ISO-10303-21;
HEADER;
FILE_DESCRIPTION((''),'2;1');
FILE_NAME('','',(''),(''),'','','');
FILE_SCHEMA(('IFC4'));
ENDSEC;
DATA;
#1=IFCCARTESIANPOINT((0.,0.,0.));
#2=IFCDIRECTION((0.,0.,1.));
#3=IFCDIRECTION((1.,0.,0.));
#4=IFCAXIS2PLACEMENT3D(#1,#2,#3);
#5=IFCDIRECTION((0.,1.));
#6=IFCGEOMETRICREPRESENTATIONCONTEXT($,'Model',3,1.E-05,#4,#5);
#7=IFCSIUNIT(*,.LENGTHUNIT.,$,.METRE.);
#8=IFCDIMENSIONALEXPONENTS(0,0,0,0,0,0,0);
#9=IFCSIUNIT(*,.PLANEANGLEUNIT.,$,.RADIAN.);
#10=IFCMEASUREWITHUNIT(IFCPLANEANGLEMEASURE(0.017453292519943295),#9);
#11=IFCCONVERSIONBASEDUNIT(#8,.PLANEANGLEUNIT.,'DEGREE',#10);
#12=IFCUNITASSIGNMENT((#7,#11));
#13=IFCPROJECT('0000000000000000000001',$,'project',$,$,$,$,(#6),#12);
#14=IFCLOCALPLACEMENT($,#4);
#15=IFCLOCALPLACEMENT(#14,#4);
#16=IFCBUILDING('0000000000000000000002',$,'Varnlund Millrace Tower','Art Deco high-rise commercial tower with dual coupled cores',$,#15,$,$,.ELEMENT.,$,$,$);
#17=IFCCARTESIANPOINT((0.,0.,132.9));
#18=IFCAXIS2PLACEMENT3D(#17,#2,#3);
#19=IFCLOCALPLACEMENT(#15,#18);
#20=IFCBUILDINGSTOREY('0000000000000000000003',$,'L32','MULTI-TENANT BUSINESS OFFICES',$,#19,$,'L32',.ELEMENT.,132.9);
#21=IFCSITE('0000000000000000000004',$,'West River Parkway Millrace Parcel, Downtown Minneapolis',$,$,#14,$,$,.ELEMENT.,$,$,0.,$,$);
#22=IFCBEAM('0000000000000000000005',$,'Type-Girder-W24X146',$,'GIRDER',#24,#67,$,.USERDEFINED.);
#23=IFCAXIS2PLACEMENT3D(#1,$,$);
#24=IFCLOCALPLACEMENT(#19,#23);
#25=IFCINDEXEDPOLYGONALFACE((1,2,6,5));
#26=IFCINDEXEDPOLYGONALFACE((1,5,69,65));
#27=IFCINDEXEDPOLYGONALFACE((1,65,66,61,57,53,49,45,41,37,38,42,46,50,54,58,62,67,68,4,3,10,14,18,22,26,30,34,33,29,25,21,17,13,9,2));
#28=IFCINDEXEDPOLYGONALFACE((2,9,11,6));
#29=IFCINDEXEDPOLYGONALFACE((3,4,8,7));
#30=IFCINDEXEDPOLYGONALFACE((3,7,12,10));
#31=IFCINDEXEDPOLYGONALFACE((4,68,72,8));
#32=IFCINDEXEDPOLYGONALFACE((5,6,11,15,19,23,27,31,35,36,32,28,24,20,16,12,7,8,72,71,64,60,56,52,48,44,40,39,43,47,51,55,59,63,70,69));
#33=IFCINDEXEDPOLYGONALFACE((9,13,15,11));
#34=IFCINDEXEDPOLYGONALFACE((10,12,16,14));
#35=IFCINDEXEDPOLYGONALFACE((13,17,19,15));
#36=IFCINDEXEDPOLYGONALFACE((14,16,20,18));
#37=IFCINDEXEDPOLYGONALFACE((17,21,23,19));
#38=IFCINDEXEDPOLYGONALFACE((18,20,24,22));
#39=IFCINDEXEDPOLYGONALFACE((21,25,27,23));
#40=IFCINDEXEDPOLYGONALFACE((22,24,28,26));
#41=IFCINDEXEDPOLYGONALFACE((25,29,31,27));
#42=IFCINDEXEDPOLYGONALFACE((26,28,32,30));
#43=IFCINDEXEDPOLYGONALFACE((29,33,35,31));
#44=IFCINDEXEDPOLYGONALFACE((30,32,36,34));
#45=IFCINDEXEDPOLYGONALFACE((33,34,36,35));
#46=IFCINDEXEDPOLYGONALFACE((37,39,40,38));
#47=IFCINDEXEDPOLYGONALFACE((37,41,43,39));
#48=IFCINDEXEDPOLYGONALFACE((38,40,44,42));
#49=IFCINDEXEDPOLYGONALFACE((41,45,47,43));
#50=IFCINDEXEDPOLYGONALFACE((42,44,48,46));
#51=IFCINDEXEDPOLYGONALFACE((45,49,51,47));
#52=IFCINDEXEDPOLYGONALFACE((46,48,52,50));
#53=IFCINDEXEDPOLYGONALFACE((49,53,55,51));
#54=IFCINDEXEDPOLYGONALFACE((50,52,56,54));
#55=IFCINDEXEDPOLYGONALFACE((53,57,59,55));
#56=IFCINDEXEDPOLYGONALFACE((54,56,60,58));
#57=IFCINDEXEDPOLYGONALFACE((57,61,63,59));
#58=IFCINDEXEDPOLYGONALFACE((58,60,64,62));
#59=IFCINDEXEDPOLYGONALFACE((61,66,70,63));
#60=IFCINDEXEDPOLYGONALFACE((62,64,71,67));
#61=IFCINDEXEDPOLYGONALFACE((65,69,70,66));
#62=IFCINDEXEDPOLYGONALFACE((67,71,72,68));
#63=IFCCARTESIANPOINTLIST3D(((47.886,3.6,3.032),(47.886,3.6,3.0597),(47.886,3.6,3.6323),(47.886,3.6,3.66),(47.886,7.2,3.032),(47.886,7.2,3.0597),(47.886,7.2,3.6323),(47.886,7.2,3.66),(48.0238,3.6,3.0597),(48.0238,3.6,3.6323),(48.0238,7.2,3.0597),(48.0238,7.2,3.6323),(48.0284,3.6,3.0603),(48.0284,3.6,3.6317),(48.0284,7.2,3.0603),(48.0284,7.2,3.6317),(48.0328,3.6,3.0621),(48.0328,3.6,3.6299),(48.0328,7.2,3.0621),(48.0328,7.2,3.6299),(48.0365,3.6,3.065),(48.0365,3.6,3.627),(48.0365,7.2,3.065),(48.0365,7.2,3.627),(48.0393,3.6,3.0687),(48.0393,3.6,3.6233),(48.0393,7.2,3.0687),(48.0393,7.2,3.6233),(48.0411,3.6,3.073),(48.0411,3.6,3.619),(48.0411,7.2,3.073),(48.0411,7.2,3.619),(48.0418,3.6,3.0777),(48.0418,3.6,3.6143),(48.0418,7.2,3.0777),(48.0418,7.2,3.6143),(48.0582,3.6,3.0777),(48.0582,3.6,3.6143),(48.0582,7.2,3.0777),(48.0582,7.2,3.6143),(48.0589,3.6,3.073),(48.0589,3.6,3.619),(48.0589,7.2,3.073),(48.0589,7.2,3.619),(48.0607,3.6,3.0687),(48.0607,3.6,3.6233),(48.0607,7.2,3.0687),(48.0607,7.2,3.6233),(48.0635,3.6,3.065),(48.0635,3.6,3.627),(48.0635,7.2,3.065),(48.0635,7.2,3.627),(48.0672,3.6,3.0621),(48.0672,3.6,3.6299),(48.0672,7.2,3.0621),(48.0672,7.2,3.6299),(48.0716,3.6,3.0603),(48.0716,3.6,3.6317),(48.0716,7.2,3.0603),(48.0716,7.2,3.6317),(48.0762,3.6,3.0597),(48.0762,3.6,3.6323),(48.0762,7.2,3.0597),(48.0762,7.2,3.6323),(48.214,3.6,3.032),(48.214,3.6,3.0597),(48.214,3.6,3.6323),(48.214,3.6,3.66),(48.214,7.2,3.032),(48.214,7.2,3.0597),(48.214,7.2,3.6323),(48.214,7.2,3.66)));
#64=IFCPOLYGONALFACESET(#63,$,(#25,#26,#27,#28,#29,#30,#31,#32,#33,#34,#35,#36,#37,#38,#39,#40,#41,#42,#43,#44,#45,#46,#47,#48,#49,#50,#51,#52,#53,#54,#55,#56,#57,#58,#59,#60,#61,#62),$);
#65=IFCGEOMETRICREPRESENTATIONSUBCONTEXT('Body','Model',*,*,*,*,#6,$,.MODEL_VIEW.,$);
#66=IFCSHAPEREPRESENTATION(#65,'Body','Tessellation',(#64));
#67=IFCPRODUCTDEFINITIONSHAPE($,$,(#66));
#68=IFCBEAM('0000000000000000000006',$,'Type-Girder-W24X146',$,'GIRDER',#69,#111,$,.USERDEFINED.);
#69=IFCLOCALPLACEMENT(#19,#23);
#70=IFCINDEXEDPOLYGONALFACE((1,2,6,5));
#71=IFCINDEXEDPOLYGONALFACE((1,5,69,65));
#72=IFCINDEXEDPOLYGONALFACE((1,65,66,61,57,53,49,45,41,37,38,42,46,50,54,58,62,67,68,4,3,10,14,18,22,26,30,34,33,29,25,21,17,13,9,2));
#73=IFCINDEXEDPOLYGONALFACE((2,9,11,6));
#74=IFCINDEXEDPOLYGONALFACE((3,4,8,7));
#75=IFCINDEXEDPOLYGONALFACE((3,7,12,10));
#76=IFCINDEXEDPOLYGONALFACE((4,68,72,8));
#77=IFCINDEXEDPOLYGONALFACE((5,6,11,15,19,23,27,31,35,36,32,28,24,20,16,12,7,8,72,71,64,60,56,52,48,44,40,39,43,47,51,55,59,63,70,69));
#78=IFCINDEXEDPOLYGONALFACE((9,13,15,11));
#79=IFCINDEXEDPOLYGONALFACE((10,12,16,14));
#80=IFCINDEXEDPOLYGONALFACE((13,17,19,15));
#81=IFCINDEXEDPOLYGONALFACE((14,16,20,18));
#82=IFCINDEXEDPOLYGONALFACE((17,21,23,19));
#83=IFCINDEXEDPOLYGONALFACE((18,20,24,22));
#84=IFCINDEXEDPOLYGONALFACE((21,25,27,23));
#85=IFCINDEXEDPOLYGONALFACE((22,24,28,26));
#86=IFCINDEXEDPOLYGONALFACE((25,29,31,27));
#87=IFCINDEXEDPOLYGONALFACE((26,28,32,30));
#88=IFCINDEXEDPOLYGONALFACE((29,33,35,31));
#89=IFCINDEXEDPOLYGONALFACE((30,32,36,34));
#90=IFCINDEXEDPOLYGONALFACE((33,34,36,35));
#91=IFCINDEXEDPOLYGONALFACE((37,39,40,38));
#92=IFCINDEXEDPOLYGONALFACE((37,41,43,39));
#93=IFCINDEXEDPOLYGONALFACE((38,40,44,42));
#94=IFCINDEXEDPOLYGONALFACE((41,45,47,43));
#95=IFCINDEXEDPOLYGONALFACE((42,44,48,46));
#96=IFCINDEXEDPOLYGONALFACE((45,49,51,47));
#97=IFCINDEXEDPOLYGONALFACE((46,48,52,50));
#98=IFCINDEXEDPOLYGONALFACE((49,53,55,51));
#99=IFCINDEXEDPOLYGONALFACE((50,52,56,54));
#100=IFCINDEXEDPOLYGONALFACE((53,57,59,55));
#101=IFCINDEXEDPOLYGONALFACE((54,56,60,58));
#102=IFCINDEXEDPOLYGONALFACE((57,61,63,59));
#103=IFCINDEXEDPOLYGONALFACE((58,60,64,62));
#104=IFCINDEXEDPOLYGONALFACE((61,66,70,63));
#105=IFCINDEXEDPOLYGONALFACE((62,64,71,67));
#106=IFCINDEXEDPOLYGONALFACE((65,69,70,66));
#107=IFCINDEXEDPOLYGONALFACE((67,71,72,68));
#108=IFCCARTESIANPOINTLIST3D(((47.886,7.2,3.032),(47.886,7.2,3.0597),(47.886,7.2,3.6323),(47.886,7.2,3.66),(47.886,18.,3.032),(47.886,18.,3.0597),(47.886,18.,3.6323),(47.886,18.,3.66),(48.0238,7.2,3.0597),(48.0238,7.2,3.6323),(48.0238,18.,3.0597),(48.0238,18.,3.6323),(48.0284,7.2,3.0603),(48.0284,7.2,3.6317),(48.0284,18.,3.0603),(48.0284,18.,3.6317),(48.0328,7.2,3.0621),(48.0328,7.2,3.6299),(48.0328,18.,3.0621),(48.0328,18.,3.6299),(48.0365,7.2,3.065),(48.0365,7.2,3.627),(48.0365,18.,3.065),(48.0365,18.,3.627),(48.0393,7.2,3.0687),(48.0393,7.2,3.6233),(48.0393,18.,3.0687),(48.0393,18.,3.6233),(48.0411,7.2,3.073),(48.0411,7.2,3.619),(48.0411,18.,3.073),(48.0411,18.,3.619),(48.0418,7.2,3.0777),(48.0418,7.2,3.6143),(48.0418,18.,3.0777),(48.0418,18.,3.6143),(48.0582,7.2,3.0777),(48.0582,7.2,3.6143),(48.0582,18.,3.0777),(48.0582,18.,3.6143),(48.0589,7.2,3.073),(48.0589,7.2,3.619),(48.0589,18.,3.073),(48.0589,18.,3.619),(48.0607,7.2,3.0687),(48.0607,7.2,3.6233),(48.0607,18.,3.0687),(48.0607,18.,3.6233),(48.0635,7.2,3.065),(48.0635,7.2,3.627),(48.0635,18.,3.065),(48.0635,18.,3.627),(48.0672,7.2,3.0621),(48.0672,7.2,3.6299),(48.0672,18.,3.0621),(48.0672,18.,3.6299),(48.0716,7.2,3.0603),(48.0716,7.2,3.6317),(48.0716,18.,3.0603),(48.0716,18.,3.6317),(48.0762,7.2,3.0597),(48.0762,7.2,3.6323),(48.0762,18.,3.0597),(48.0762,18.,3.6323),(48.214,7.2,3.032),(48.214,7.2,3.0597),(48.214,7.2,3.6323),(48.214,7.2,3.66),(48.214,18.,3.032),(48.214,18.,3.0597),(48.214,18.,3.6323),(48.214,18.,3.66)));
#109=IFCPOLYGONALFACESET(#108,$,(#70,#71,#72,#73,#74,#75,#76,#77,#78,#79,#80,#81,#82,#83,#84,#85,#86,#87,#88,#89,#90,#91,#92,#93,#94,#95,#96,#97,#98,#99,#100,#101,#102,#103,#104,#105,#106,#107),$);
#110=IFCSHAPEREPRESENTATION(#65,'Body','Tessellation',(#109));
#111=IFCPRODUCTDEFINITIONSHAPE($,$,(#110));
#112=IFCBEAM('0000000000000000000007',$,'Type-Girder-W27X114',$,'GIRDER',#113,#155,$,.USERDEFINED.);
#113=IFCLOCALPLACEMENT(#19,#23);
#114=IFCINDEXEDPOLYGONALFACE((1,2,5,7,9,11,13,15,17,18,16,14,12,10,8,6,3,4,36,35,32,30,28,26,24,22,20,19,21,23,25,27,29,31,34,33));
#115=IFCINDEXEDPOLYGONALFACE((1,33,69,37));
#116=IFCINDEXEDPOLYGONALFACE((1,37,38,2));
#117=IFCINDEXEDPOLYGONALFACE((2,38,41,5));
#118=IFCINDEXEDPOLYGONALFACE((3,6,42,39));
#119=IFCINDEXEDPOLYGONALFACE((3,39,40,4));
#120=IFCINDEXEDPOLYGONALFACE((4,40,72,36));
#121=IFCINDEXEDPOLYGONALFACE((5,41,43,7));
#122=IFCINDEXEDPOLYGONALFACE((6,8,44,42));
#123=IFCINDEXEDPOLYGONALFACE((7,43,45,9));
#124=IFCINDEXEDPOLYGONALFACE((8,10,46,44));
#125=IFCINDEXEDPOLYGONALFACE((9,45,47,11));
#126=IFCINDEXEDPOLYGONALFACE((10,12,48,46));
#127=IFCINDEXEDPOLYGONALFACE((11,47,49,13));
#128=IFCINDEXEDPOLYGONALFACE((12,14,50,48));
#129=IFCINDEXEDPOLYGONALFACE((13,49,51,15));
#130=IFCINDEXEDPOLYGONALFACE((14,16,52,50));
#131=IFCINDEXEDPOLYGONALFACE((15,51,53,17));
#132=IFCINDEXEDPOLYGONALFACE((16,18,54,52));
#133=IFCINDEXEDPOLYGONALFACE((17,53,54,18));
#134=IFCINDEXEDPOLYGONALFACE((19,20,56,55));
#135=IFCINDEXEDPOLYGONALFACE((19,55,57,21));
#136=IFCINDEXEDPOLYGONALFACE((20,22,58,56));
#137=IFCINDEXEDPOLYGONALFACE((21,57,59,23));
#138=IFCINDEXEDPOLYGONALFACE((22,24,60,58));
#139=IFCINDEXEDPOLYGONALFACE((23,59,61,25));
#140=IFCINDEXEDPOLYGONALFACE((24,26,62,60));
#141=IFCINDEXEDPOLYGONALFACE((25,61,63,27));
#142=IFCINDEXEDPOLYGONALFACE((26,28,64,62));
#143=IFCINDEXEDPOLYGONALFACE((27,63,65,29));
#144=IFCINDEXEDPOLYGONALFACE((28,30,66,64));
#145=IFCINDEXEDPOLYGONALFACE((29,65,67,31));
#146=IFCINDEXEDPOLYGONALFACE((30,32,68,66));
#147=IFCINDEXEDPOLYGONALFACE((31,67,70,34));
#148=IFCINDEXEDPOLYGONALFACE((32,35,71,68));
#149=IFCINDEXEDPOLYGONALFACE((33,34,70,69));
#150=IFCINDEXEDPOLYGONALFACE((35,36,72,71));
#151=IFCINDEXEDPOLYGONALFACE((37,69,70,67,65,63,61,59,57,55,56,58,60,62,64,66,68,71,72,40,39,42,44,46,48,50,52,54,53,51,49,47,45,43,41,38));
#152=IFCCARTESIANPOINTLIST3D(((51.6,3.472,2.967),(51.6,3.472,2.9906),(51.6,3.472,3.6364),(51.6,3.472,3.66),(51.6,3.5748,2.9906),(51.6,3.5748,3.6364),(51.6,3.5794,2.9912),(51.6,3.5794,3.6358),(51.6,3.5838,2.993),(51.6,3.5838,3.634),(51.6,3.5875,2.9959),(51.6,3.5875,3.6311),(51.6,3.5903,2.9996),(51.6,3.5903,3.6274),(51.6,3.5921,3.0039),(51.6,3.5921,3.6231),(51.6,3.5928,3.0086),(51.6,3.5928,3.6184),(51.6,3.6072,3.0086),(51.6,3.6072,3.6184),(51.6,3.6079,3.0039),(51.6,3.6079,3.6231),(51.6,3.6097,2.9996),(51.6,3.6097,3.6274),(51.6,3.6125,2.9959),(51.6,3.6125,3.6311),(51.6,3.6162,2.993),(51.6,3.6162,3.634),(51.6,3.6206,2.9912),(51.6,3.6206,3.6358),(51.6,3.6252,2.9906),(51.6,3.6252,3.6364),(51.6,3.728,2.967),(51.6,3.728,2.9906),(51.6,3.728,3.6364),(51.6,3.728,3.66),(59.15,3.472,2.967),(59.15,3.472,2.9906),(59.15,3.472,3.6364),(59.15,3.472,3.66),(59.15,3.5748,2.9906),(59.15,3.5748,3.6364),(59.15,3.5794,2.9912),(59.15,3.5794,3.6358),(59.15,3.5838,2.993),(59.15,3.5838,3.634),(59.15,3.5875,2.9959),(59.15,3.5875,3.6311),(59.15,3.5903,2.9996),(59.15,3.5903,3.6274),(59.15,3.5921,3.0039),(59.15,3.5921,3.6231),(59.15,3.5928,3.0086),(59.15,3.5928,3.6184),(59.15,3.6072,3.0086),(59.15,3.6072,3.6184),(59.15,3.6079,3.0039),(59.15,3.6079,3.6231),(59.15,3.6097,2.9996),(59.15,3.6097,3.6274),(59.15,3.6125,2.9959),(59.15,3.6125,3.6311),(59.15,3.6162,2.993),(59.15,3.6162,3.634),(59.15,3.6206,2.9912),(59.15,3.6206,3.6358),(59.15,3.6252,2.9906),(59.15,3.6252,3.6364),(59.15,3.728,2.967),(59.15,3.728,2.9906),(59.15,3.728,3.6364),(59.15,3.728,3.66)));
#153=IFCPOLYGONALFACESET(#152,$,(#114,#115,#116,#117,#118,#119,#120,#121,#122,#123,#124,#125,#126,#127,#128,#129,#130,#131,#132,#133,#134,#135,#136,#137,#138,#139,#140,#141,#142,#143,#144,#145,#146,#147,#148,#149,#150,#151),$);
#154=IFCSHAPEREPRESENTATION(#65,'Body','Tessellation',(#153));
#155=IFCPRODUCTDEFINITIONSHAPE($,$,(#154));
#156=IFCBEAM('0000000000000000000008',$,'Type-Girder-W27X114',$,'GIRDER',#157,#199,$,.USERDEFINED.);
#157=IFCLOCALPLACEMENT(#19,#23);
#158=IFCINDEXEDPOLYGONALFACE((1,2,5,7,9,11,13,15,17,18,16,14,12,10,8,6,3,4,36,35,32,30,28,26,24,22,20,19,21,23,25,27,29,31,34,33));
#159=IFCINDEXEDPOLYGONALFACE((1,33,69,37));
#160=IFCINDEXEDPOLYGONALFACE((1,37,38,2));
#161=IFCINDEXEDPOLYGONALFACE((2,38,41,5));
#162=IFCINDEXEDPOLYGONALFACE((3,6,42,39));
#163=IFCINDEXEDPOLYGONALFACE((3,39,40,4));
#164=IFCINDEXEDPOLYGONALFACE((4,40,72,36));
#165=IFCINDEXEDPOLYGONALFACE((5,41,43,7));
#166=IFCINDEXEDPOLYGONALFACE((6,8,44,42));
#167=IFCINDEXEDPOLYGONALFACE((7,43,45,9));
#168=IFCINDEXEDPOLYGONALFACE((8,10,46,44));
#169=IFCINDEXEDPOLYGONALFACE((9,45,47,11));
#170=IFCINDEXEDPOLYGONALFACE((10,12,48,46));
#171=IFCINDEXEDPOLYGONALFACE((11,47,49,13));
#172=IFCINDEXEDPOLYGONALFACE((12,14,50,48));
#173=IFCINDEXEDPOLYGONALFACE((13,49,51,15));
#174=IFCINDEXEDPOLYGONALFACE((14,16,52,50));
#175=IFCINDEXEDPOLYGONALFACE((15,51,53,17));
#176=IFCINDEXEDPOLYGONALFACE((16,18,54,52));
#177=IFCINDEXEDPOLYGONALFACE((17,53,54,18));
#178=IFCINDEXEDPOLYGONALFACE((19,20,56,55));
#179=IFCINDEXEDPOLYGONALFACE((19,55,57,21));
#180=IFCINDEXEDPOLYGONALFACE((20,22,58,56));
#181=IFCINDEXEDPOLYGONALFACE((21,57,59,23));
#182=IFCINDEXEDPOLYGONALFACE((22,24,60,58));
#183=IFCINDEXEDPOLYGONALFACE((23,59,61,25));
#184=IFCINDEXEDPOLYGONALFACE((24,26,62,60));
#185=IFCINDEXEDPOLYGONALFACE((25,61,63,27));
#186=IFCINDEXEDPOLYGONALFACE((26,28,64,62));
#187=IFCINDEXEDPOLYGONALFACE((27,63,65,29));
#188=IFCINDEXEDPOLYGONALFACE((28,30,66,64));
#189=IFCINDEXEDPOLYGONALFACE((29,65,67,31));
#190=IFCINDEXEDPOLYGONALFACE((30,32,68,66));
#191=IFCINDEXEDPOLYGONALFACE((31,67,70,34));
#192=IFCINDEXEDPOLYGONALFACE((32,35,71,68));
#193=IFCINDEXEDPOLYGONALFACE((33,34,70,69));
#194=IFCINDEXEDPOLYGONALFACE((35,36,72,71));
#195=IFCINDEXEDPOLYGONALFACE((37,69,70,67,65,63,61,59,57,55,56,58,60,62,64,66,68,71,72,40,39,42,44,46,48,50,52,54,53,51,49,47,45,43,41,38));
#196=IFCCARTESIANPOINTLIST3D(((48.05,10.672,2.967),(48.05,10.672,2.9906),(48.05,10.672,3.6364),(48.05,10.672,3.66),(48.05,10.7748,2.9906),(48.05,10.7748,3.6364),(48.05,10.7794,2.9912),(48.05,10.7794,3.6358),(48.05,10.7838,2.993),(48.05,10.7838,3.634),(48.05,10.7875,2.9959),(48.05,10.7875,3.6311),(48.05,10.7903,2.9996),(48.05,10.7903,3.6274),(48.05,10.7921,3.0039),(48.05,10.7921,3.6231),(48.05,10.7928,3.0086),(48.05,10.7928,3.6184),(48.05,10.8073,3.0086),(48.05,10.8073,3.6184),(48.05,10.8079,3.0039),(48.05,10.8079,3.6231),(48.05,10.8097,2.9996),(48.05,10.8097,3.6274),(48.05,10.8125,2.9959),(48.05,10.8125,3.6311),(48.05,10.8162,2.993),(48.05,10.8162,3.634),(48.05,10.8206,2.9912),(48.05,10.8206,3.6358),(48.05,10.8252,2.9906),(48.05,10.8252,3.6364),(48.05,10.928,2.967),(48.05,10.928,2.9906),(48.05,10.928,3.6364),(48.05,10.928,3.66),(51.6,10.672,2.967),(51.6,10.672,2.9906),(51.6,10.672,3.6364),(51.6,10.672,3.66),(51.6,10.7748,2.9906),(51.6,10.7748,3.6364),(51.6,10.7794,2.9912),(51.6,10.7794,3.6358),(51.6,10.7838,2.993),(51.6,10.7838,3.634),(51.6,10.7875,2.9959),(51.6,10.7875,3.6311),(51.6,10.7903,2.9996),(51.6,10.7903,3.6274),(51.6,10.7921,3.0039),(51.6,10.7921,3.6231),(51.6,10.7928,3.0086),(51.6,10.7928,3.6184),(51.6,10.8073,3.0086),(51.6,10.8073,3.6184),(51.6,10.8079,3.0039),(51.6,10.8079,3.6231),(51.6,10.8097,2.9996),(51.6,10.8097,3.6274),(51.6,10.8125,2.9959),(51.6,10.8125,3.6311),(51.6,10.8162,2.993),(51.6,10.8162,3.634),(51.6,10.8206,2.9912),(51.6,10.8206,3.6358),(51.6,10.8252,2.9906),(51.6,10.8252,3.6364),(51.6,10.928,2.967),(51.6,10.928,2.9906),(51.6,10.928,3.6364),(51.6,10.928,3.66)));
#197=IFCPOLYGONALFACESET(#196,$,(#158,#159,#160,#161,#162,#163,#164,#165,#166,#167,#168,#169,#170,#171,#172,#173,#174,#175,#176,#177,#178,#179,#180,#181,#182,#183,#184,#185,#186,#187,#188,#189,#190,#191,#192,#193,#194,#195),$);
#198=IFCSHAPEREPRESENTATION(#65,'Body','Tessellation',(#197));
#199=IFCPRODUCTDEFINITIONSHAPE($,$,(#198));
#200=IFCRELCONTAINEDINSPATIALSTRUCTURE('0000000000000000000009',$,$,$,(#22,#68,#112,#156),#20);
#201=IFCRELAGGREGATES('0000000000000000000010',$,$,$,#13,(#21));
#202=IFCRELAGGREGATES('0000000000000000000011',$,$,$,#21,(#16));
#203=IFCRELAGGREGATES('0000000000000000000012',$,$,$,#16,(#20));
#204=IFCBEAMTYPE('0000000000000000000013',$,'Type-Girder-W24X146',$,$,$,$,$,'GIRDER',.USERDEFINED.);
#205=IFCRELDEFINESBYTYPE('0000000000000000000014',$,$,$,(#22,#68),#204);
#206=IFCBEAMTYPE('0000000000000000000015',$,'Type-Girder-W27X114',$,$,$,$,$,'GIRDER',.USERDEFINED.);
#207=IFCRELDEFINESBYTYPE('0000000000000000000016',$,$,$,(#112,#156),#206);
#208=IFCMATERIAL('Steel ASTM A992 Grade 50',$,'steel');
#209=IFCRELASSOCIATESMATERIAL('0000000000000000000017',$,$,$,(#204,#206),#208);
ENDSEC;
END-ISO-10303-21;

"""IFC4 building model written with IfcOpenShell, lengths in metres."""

from ifc_helpers import new_model, entity, si_unit, converted_unit, direction, frame, origin_with_axes, origin_2d_with_axis, place, context, subcontext, project, spatial, i_section, extrude, material, material_profile, profile_set, type_object, element, save


model = new_model("IFC4")

# Units and contexts
model_context = context("Model", 3, precision=1e-05, world=origin_with_axes(), true_north=direction((0.0, 1.0)))
body_context = subcontext(model_context, "Body", "Model", "MODEL_VIEW")
ifc_project = project(units=[si_unit("LENGTHUNIT", "METRE"), converted_unit("PLANEANGLEUNIT", "DEGREE", entity("IfcPlaneAngleMeasure", 0.017453292519943295), si_unit("PLANEANGLEUNIT", "RADIAN"), dimensions=[0, 0, 0, 0, 0, 0, 0])], contexts=[model_context])

# Site, building, storey
site_placement = place(None, origin_with_axes())
site = spatial("IfcSite", under=ifc_project, at=site_placement, Name="West River Parkway Millrace Parcel, Downtown Minneapolis", CompositionType="ELEMENT", RefElevation=0.0)
building_placement = place(site_placement, origin_with_axes())
building = spatial("IfcBuilding", under=site, at=building_placement, Name="Varnlund Millrace Tower", Description="Art Deco high-rise commercial tower with dual coupled cores", CompositionType="ELEMENT")
storey_placement = place(building_placement, frame((0.0, 0.0, 132.9), z_axis=(0.0, 0.0, 1.0), x_axis=(1.0, 0.0, 0.0)))
storey = spatial("IfcBuildingStorey", under=building, at=storey_placement, Name="L32", Description="MULTI-TENANT BUSINESS OFFICES", LongName="L32", CompositionType="ELEMENT", Elevation=132.9)

# Beams
ifc_material_1 = material(Name="Steel ASTM A992 Grade 50", Category="steel")
ifc_material_profile_1 = material_profile(ifc_material_1, i_section(OverallWidth=0.328, OverallDepth=0.628, WebThickness=0.0165, FlangeThickness=0.0277, FilletRadius=0.018, at=origin_2d_with_axis()), Name="Steel ASTM A992 Grade 50")
ifc_profile_set_1 = profile_set([ifc_material_profile_1], Name="Steel ASTM A992 Grade 50")
beam_type_1 = type_object("IfcBeamType", Name="Type-Girder-W24X146", ElementType="GIRDER", PredefinedType="USERDEFINED", material=ifc_profile_set_1)
beam_1_placement = place(storey_placement, frame((48.05, 3.6, 3.346), z_axis=(0.0, 1.0, 0.0), x_axis=(-1.0, 0.0, 0.0)))
element("IfcBeam", 1, at=beam_1_placement, inside=storey, type_object=beam_type_1, Name="Type-Girder-W24X146", ObjectType="GIRDER", PredefinedType="USERDEFINED", context=body_context, shape_type="SweptSolid", body=[
    extrude(i_section(OverallWidth=0.328, OverallDepth=0.628, WebThickness=0.0165, FlangeThickness=0.0277, FilletRadius=0.018, at=origin_2d_with_axis()), origin_with_axes(), (0.0, 0.0, 1.0), 3.6),
])
beam_2_placement = place(storey_placement, frame((48.05, 7.2, 3.346), z_axis=(0.0, 1.0, 0.0), x_axis=(-1.0, 0.0, 0.0)))
element("IfcBeam", 2, at=beam_2_placement, inside=storey, type_object=beam_type_1, Name="Type-Girder-W24X146", ObjectType="GIRDER", PredefinedType="USERDEFINED", context=body_context, shape_type="SweptSolid", body=[
    extrude(i_section(OverallWidth=0.328, OverallDepth=0.628, WebThickness=0.0165, FlangeThickness=0.0277, FilletRadius=0.018, at=origin_2d_with_axis()), origin_with_axes(), (0.0, 0.0, 1.0), 10.8),
])
ifc_material_profile_2 = material_profile(ifc_material_1, i_section(OverallWidth=0.256, OverallDepth=0.693, WebThickness=0.0145, FlangeThickness=0.0236, FilletRadius=0.018, at=origin_2d_with_axis()), Name="Steel ASTM A992 Grade 50")
ifc_profile_set_2 = profile_set([ifc_material_profile_2], Name="Steel ASTM A992 Grade 50")
beam_type_2 = type_object("IfcBeamType", Name="Type-Girder-W27X114", ElementType="GIRDER", PredefinedType="USERDEFINED", material=ifc_profile_set_2)
beam_3_placement = place(storey_placement, frame((51.6, 3.6, 3.3135), z_axis=(1.0, 0.0, 0.0), x_axis=(0.0, 1.0, 0.0)))
element("IfcBeam", 3, at=beam_3_placement, inside=storey, type_object=beam_type_2, Name="Type-Girder-W27X114", ObjectType="GIRDER", PredefinedType="USERDEFINED", context=body_context, shape_type="SweptSolid", body=[
    extrude(i_section(OverallWidth=0.256, OverallDepth=0.693, WebThickness=0.0145, FlangeThickness=0.0236, FilletRadius=0.018, at=origin_2d_with_axis()), origin_with_axes(), (0.0, 0.0, 1.0), 7.55),
])
beam_4_placement = place(storey_placement, frame((48.05, 10.8, 3.3135), z_axis=(1.0, 0.0, 0.0), x_axis=(0.0, 1.0, 0.0)))
element("IfcBeam", 4, at=beam_4_placement, inside=storey, type_object=beam_type_2, Name="Type-Girder-W27X114", ObjectType="GIRDER", PredefinedType="USERDEFINED", context=body_context, shape_type="SweptSolid", body=[
    extrude(i_section(OverallWidth=0.256, OverallDepth=0.693, WebThickness=0.0145, FlangeThickness=0.0236, FilletRadius=0.018, at=origin_2d_with_axis()), origin_with_axes(), (0.0, 0.0, 1.0), 3.55),
])

save(model, "model.ifc")
